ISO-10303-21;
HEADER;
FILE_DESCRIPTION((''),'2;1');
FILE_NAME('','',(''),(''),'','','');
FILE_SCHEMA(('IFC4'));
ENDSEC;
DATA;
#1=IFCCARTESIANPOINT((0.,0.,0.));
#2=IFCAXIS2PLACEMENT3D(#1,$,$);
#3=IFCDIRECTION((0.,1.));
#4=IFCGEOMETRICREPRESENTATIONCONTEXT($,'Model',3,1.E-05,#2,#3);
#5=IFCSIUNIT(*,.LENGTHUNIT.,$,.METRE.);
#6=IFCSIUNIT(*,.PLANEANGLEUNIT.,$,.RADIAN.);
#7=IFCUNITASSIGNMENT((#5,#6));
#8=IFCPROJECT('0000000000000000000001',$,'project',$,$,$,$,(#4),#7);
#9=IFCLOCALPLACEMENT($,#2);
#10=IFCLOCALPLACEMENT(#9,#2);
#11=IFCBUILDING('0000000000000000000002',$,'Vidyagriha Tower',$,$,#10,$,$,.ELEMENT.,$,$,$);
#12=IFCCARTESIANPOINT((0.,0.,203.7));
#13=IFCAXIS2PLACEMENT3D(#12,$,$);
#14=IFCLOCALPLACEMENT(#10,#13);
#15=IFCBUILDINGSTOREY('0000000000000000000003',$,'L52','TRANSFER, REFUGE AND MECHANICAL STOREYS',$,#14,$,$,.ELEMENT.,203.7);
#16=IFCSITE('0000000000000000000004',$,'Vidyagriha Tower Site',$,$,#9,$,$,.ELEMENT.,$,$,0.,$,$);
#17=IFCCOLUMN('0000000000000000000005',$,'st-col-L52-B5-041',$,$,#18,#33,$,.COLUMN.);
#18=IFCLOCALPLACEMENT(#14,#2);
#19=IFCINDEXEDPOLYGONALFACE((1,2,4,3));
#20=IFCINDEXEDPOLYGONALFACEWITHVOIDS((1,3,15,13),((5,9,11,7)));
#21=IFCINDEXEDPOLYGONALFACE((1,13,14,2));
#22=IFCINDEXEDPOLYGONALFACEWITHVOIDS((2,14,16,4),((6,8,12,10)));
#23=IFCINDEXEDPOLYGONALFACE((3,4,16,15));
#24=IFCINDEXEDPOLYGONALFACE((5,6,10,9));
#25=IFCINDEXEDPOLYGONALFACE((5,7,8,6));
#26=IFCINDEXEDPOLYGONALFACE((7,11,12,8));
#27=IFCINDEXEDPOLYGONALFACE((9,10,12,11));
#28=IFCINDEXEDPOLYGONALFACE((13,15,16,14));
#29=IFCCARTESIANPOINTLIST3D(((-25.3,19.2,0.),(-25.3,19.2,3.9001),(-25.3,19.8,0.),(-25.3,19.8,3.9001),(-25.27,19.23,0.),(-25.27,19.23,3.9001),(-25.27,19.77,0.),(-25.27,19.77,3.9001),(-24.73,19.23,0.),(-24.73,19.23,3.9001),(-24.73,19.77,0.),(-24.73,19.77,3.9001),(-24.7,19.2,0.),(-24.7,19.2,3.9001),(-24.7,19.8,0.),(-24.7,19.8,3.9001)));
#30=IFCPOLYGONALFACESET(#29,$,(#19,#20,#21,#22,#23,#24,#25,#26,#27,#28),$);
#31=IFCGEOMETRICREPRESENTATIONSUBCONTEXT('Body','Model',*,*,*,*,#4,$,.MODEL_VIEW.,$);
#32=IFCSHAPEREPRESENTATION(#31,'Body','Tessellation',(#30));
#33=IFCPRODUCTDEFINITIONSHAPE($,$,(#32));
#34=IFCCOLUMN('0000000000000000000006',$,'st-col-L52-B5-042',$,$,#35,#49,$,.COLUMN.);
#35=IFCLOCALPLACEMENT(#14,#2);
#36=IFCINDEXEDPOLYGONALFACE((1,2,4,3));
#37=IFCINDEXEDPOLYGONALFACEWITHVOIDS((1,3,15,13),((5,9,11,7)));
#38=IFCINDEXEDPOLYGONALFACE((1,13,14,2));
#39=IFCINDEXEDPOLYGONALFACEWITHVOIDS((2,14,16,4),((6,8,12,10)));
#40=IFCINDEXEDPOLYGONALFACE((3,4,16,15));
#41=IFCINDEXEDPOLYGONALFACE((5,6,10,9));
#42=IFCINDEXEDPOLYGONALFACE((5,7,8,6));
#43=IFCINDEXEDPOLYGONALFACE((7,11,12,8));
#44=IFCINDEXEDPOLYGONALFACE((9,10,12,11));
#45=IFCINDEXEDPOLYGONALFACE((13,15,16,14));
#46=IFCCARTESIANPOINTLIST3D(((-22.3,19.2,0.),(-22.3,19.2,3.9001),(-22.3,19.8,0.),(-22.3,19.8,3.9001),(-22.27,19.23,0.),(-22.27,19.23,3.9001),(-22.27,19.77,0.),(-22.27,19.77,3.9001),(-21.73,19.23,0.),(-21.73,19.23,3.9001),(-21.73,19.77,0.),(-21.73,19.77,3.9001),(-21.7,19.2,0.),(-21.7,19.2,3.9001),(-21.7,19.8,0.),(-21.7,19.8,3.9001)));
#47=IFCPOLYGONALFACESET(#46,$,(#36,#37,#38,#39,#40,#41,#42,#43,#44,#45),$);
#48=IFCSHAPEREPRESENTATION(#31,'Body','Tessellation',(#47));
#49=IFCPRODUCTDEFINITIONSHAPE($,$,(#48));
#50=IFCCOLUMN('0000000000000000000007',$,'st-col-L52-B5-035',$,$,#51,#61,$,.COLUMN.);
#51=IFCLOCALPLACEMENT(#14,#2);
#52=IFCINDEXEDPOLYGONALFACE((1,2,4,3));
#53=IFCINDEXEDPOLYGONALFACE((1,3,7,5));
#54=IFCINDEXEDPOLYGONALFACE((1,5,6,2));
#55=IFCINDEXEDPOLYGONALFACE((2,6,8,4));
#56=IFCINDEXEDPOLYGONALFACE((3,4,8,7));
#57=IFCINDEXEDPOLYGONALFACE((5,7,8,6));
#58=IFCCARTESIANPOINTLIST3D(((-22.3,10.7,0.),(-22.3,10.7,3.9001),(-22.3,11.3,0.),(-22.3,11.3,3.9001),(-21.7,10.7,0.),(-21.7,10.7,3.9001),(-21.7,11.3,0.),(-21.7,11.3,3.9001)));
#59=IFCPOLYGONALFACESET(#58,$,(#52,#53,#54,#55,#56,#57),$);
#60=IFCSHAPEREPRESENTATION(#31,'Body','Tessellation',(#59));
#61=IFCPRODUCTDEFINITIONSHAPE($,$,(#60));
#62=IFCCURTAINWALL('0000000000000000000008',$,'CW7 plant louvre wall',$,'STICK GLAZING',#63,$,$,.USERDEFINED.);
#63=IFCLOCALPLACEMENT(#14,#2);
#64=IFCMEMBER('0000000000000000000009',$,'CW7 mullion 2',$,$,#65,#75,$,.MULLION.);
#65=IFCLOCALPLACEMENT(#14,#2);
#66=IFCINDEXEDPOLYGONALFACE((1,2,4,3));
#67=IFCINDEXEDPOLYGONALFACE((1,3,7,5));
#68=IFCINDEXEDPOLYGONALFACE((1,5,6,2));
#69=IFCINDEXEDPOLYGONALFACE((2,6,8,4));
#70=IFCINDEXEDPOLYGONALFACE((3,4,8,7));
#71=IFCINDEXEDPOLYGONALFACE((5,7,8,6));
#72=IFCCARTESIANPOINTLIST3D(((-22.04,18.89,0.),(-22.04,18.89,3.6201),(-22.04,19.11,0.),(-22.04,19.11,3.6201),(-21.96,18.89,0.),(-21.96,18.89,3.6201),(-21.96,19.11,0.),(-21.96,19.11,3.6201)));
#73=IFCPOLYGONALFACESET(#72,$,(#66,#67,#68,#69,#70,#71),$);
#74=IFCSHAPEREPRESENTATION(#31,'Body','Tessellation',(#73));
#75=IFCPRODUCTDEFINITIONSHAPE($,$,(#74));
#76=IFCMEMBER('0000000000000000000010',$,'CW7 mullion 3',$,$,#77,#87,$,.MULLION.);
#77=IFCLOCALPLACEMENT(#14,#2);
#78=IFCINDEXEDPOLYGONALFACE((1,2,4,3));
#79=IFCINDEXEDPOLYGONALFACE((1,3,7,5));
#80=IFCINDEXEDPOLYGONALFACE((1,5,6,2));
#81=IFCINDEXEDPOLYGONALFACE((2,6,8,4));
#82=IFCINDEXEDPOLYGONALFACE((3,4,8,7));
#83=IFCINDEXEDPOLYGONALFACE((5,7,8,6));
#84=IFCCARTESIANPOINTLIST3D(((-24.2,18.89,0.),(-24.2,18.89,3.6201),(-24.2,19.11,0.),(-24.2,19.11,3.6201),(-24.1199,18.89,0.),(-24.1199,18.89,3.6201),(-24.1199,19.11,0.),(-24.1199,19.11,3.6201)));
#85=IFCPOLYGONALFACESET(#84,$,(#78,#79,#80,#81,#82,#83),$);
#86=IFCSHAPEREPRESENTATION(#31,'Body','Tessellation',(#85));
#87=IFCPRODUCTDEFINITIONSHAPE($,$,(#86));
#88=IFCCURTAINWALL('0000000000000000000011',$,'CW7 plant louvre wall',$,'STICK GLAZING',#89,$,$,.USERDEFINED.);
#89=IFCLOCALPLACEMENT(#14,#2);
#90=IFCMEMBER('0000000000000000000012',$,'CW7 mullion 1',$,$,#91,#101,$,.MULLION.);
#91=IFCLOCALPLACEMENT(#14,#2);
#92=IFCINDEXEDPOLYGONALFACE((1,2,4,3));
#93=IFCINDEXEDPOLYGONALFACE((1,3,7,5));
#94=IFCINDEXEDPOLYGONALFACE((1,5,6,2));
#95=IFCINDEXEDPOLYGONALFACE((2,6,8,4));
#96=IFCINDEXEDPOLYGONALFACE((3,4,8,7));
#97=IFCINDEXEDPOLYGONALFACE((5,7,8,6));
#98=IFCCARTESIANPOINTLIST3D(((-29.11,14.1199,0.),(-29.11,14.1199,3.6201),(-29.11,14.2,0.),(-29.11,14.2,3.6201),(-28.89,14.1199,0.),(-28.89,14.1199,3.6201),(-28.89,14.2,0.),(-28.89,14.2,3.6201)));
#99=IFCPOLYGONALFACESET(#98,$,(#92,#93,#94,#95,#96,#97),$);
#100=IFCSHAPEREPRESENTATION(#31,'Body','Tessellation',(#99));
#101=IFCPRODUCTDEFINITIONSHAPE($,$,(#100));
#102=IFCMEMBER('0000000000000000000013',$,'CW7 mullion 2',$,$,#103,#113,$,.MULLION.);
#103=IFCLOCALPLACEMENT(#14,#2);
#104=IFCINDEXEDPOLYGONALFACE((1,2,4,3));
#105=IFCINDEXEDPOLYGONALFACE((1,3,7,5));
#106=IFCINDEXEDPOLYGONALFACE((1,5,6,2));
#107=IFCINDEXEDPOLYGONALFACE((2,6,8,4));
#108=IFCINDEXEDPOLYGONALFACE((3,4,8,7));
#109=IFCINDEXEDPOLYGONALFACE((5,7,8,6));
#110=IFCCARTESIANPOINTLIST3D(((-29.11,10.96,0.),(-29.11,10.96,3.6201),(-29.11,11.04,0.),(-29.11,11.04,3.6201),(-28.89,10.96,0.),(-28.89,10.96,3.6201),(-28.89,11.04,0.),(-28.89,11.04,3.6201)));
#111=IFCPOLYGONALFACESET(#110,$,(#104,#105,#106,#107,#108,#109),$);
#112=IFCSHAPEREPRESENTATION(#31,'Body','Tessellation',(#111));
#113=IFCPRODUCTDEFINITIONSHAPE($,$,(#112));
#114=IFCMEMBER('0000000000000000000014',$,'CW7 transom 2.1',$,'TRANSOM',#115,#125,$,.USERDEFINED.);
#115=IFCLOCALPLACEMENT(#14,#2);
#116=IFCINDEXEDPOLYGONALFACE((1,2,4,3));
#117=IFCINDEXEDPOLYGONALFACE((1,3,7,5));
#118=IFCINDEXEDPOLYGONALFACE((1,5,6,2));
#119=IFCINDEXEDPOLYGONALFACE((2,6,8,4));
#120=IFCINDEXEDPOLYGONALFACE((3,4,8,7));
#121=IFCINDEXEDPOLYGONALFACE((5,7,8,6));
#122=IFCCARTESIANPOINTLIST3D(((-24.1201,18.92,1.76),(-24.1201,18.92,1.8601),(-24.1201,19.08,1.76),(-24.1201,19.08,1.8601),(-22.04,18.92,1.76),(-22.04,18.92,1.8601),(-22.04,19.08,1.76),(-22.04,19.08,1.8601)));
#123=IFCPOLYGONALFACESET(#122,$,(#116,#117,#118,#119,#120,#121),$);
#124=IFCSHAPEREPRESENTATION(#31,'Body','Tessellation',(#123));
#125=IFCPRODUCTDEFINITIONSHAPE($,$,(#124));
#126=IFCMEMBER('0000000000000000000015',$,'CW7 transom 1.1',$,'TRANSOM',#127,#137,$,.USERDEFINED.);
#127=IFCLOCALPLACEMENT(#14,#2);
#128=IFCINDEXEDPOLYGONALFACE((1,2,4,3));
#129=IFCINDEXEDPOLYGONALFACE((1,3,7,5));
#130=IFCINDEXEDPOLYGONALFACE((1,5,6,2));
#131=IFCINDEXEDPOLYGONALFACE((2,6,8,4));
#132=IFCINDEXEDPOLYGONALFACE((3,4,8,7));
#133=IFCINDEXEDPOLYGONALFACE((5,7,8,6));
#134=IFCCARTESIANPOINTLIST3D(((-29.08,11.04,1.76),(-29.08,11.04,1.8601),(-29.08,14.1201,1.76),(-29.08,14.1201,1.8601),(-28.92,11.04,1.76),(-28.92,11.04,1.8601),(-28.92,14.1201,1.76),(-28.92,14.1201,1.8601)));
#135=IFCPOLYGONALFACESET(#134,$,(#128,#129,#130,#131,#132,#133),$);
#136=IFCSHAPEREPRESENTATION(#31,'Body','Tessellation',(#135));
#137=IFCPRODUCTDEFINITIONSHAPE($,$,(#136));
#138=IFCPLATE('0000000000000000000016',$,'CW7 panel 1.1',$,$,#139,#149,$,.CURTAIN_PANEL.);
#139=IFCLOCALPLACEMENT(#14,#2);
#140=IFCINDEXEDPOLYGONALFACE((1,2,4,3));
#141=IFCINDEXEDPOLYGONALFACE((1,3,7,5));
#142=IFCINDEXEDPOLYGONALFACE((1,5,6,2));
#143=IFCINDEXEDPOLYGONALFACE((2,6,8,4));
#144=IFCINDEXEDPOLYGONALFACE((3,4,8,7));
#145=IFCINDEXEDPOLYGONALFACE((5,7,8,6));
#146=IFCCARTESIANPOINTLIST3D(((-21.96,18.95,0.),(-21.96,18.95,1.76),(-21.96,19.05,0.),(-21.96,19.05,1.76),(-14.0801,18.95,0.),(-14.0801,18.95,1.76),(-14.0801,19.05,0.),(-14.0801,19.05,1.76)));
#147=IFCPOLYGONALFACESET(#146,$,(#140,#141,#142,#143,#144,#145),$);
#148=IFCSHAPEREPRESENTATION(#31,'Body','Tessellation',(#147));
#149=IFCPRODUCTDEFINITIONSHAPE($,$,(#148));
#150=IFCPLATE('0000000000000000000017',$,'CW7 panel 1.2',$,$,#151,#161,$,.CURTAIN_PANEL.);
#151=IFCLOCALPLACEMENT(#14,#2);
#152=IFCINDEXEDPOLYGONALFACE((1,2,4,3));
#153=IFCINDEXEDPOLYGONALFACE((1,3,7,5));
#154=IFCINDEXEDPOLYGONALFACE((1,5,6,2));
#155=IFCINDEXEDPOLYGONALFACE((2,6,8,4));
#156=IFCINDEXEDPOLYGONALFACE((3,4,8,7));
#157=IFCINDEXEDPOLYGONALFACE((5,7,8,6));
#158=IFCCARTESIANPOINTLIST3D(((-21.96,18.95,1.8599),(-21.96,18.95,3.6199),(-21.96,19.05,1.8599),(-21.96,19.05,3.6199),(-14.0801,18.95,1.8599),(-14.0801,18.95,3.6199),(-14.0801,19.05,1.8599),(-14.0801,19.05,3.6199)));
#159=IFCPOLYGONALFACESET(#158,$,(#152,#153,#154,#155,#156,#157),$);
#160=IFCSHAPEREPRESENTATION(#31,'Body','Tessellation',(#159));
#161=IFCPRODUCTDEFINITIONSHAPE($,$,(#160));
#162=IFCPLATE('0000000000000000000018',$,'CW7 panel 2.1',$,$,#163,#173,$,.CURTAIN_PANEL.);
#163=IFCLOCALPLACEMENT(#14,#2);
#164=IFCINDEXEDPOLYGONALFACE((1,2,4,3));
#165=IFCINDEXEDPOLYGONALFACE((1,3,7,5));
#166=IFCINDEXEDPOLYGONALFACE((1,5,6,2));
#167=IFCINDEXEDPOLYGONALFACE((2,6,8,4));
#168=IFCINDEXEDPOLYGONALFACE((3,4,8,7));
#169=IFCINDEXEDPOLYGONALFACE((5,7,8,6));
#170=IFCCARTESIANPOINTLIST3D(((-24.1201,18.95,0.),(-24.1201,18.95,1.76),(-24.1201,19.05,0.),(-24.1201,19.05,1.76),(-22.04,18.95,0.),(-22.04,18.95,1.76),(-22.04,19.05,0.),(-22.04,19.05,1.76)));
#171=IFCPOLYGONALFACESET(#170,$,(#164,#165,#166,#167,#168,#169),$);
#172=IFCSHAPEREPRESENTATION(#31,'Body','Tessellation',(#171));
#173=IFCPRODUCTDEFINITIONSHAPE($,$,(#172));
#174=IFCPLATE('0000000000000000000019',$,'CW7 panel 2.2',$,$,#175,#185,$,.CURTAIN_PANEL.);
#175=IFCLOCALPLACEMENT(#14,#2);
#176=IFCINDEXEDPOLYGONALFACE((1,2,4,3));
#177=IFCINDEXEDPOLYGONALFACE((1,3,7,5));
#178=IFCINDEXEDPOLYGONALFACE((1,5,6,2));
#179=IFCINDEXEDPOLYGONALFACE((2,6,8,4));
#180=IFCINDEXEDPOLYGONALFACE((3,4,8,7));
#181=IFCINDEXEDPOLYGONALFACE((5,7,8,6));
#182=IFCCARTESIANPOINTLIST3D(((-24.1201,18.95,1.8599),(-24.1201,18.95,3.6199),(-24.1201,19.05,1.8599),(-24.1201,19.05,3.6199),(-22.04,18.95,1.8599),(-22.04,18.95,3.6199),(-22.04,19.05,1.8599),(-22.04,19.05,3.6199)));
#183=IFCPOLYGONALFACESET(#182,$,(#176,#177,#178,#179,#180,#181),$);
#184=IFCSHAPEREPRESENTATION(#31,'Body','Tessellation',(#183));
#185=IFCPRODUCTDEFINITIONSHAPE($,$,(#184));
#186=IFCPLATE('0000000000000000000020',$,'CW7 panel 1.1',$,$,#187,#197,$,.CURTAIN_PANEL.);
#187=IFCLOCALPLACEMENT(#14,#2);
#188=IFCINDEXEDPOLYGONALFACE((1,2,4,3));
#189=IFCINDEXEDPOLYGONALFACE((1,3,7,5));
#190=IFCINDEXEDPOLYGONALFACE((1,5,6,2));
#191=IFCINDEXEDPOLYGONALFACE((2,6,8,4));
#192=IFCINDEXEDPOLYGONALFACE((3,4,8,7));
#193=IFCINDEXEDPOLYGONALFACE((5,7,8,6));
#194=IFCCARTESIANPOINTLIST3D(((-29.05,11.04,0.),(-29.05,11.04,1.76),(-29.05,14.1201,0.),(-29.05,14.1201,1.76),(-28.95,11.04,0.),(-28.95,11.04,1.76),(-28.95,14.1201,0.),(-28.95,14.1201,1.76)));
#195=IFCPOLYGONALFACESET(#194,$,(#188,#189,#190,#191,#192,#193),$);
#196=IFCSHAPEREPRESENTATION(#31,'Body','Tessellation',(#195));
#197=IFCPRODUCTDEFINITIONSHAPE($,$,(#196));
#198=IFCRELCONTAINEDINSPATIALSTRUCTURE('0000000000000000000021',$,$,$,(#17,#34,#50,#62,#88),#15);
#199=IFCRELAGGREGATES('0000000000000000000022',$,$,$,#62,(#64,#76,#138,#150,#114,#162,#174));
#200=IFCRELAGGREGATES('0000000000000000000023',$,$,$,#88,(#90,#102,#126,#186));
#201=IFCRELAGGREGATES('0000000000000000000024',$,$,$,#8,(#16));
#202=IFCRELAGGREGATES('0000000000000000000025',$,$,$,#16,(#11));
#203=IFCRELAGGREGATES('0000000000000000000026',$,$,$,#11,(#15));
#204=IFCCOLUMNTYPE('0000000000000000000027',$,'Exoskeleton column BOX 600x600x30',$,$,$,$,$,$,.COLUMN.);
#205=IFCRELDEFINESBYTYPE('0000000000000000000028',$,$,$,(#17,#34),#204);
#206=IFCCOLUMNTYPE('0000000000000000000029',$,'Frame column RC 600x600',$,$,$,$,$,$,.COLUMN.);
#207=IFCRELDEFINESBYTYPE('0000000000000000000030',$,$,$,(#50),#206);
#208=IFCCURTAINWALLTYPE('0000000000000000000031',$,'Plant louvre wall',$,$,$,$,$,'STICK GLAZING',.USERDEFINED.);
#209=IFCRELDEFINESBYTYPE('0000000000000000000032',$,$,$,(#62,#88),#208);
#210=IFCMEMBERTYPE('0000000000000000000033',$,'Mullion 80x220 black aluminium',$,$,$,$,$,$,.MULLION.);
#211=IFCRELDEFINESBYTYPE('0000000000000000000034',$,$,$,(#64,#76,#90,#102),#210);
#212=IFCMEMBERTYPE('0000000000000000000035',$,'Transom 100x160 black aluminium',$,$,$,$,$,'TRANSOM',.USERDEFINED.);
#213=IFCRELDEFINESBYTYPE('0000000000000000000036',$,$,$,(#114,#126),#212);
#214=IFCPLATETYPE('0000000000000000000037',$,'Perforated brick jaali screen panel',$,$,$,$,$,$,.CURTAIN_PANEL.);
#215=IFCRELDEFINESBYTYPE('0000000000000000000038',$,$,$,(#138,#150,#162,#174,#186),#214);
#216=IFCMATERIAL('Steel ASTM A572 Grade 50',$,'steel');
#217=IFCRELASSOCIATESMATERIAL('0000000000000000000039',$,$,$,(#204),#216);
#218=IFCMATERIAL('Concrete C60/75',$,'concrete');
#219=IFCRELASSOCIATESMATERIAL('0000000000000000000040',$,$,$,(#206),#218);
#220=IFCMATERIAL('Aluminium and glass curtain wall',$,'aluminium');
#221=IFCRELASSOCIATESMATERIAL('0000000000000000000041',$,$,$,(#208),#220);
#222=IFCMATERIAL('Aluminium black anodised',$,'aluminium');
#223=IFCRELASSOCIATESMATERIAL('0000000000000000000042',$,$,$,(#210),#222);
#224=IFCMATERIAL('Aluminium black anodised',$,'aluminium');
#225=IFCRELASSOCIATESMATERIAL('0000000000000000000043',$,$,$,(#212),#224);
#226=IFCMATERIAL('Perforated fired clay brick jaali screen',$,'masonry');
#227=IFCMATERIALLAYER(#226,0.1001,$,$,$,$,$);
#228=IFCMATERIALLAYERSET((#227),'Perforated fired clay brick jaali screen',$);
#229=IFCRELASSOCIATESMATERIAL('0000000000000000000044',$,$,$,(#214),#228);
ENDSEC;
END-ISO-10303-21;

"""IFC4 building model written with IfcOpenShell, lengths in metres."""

from ifc_helpers import new_model, si_unit, direction, frame, origin, origin_2d, place, context, subcontext, project, spatial, rectangle, hollow_rectangle, extrude, material, layer, layer_set, material_profile, profile_set, type_object, element, aggregate, save


model = new_model("IFC4")

# Units and contexts
model_context = context("Model", 3, precision=1e-05, world=origin(), true_north=direction((0.0, 1.0)))
body_context = subcontext(model_context, "Body", "Model", "MODEL_VIEW")
ifc_project = project(units=[si_unit("LENGTHUNIT", "METRE"), si_unit("PLANEANGLEUNIT", "RADIAN")], contexts=[model_context])

# Site, building, storey
site_placement = place(None, origin())
site = spatial("IfcSite", under=ifc_project, at=site_placement, Name="Vidyagriha Tower Site", CompositionType="ELEMENT", RefElevation=0.0)
building_placement = place(site_placement, origin())
building = spatial("IfcBuilding", under=site, at=building_placement, Name="Vidyagriha Tower", CompositionType="ELEMENT")
storey_placement = place(building_placement, frame((0.0, 0.0, 203.7)))
storey = spatial("IfcBuildingStorey", under=building, at=storey_placement, Name="L52", Description="TRANSFER, REFUGE AND MECHANICAL STOREYS", CompositionType="ELEMENT", Elevation=203.7)

# Columns
ifc_material_1 = material(Name="Steel ASTM A572 Grade 50", Category="steel")
ifc_material_profile_1 = material_profile(ifc_material_1, hollow_rectangle(XDim=0.6001, YDim=0.6001, WallThickness=0.03, at=origin_2d()), Name="BOX 600x600x30")
ifc_profile_set_1 = profile_set([ifc_material_profile_1], Name="Steel ASTM A572 Grade 50")
column_type_1 = type_object("IfcColumnType", Name="Exoskeleton column BOX 600x600x30", PredefinedType="COLUMN", material=ifc_profile_set_1)
for number, where, name in (
    (1, (-25.0, 19.5, 0.0), "st-col-L52-B5-041"),
    (2, (-22.0, 19.5, 0.0), "st-col-L52-B5-042"),
):
    element("IfcColumn", number, at=place(storey_placement, frame(where)), inside=storey, type_object=column_type_1, Name=name, PredefinedType="COLUMN", context=body_context, shape_type="SweptSolid", body=[
        extrude(hollow_rectangle(XDim=0.6001, YDim=0.6001, WallThickness=0.03, at=origin_2d()), origin(), (0.0, 0.0, 1.0), 3.9001),
    ])
ifc_material_2 = material(Name="Concrete C60/75", Category="concrete")
ifc_material_profile_2 = material_profile(ifc_material_2, rectangle(XDim=0.6001, YDim=0.6001, at=origin_2d()), Name="RC 600x600")
ifc_profile_set_2 = profile_set([ifc_material_profile_2], Name="Concrete C60/75")
column_type_2 = type_object("IfcColumnType", Name="Frame column RC 600x600", PredefinedType="COLUMN", material=ifc_profile_set_2)
column_placement = place(storey_placement, frame((-22.0, 11.0, 0.0)))
element("IfcColumn", 3, at=column_placement, inside=storey, type_object=column_type_2, Name="st-col-L52-B5-035", PredefinedType="COLUMN", context=body_context, shape_type="SweptSolid", body=[
    extrude(rectangle(XDim=0.6001, YDim=0.6001, at=origin_2d()), origin(), (0.0, 0.0, 1.0), 3.9001),
])

# Curtain walls, members
ifc_material_3 = material(Name="Aluminium and glass curtain wall", Category="aluminium")
curtain_wall_type = type_object("IfcCurtainWallType", Name="Plant louvre wall", ElementType="STICK GLAZING", PredefinedType="USERDEFINED", material=ifc_material_3)
curtain_wall_1_placement = place(storey_placement, origin())
curtain_wall_1 = element("IfcCurtainWall", 4, at=curtain_wall_1_placement, inside=storey, type_object=curtain_wall_type, Name="CW7 plant louvre wall", ObjectType="STICK GLAZING", PredefinedType="USERDEFINED")
ifc_material_4 = material(Name="Aluminium black anodised", Category="aluminium")
ifc_material_profile_3 = material_profile(ifc_material_4, rectangle(XDim=0.22, YDim=0.0801, at=origin_2d()), Name="Mullion 80x220 black aluminium")
ifc_profile_set_3 = profile_set([ifc_material_profile_3], Name="Aluminium black anodised")
member_type_1 = type_object("IfcMemberType", Name="Mullion 80x220 black aluminium", PredefinedType="MULLION", material=ifc_profile_set_3)
member_1_placement = place(storey_placement, frame((-22.0, 19.0, 0.0), z_axis=(0.0, 0.0, 1.0), x_axis=(0.0, -1.0, 0.0)))
member_1 = element("IfcMember", 5, at=member_1_placement, type_object=member_type_1, Name="CW7 mullion 2", PredefinedType="MULLION", context=body_context, shape_type="SweptSolid", body=[
    extrude(rectangle(XDim=0.22, YDim=0.0801, at=origin_2d()), origin(), (0.0, 0.0, 1.0), 3.6201),
])
member_2_placement = place(storey_placement, frame((-24.1599, 19.0, 0.0), z_axis=(0.0, 0.0, 1.0), x_axis=(0.0, -1.0, 0.0)))
member_2 = element("IfcMember", 6, at=member_2_placement, type_object=member_type_1, Name="CW7 mullion 3", PredefinedType="MULLION", context=body_context, shape_type="SweptSolid", body=[
    extrude(rectangle(XDim=0.22, YDim=0.0801, at=origin_2d()), origin(), (0.0, 0.0, 1.0), 3.6201),
])
curtain_wall_2_placement = place(storey_placement, origin())
curtain_wall_2 = element("IfcCurtainWall", 7, at=curtain_wall_2_placement, inside=storey, type_object=curtain_wall_type, Name="CW7 plant louvre wall", ObjectType="STICK GLAZING", PredefinedType="USERDEFINED")
member_3_placement = place(storey_placement, frame((-29.0, 14.1599, 0.0)))
member_3 = element("IfcMember", 8, at=member_3_placement, type_object=member_type_1, Name="CW7 mullion 1", PredefinedType="MULLION", context=body_context, shape_type="SweptSolid", body=[
    extrude(rectangle(XDim=0.22, YDim=0.0801, at=origin_2d()), origin(), (0.0, 0.0, 1.0), 3.6201),
])
member_4_placement = place(storey_placement, frame((-29.0, 11.0, 0.0)))
member_4 = element("IfcMember", 9, at=member_4_placement, type_object=member_type_1, Name="CW7 mullion 2", PredefinedType="MULLION", context=body_context, shape_type="SweptSolid", body=[
    extrude(rectangle(XDim=0.22, YDim=0.0801, at=origin_2d()), origin(), (0.0, 0.0, 1.0), 3.6201),
])

# Members
ifc_material_5 = material(Name="Aluminium black anodised", Category="aluminium")
ifc_material_profile_4 = material_profile(ifc_material_5, rectangle(XDim=0.1599, YDim=0.1001, at=origin_2d()), Name="Transom 100x160 black aluminium")
ifc_profile_set_4 = profile_set([ifc_material_profile_4], Name="Aluminium black anodised")
member_type_2 = type_object("IfcMemberType", Name="Transom 100x160 black aluminium", ElementType="TRANSOM", PredefinedType="USERDEFINED", material=ifc_profile_set_4)
member_5_placement = place(storey_placement, frame((-22.04, 19.0, 1.8101), z_axis=(-1.0, 0.0, 0.0), x_axis=(0.0, -1.0, 0.0)))
member_5 = element("IfcMember", 10, at=member_5_placement, type_object=member_type_2, Name="CW7 transom 2.1", ObjectType="TRANSOM", PredefinedType="USERDEFINED", context=body_context, shape_type="SweptSolid", body=[
    extrude(rectangle(XDim=0.1599, YDim=0.1001, at=origin_2d()), origin(), (0.0, 0.0, 1.0), 2.0801),
])
member_6_placement = place(storey_placement, frame((-29.0, 14.1201, 1.8101), z_axis=(0.0, -1.0, 0.0), x_axis=(1.0, 0.0, 0.0)))
member_6 = element("IfcMember", 11, at=member_6_placement, type_object=member_type_2, Name="CW7 transom 1.1", ObjectType="TRANSOM", PredefinedType="USERDEFINED", context=body_context, shape_type="SweptSolid", body=[
    extrude(rectangle(XDim=0.1599, YDim=0.1001, at=origin_2d()), origin(), (0.0, 0.0, 1.0), 3.0801),
])

# Plates
ifc_material_6 = material(Name="Perforated fired clay brick jaali screen", Category="masonry")
ifc_layer_1 = layer(ifc_material_6, 0.1001)
ifc_layer_set_1 = layer_set([ifc_layer_1], Name="Perforated fired clay brick jaali screen")
plate_type = type_object("IfcPlateType", Name="Perforated brick jaali screen panel", PredefinedType="CURTAIN_PANEL", material=ifc_layer_set_1)
plate_1_placement = place(storey_placement, frame((-18.02, 19.0, 0.0), z_axis=(0.0, 0.0, 1.0), x_axis=(-1.0, 0.0, 0.0)))
plate_1 = element("IfcPlate", 12, at=plate_1_placement, type_object=plate_type, Name="CW7 panel 1.1", PredefinedType="CURTAIN_PANEL", context=body_context, shape_type="SweptSolid", body=[
    extrude(rectangle(XDim=7.8799, YDim=0.1001, at=origin_2d()), origin(), (0.0, 0.0, 1.0), 1.76),
])
plate_2_placement = place(storey_placement, frame((-18.02, 19.0, 1.8599), z_axis=(0.0, 0.0, 1.0), x_axis=(-1.0, 0.0, 0.0)))
plate_2 = element("IfcPlate", 13, at=plate_2_placement, type_object=plate_type, Name="CW7 panel 1.2", PredefinedType="CURTAIN_PANEL", context=body_context, shape_type="SweptSolid", body=[
    extrude(rectangle(XDim=7.8799, YDim=0.1001, at=origin_2d()), origin(), (0.0, 0.0, 1.0), 1.76),
])
plate_3_placement = place(storey_placement, frame((-23.0801, 19.0, 0.0), z_axis=(0.0, 0.0, 1.0), x_axis=(-1.0, 0.0, 0.0)))
plate_3 = element("IfcPlate", 14, at=plate_3_placement, type_object=plate_type, Name="CW7 panel 2.1", PredefinedType="CURTAIN_PANEL", context=body_context, shape_type="SweptSolid", body=[
    extrude(rectangle(XDim=2.0801, YDim=0.1001, at=origin_2d()), origin(), (0.0, 0.0, 1.0), 1.76),
])
plate_4_placement = place(storey_placement, frame((-23.0801, 19.0, 1.8599), z_axis=(0.0, 0.0, 1.0), x_axis=(-1.0, 0.0, 0.0)))
plate_4 = element("IfcPlate", 15, at=plate_4_placement, type_object=plate_type, Name="CW7 panel 2.2", PredefinedType="CURTAIN_PANEL", context=body_context, shape_type="SweptSolid", body=[
    extrude(rectangle(XDim=2.0801, YDim=0.1001, at=origin_2d()), origin(), (0.0, 0.0, 1.0), 1.76),
])
aggregate(curtain_wall_1, [member_1, member_2, plate_1, plate_2, member_5, plate_3, plate_4])
plate_5_placement = place(storey_placement, frame((-29.0, 12.5801, 0.0), z_axis=(0.0, 0.0, 1.0), x_axis=(0.0, -1.0, 0.0)))
plate_5 = element("IfcPlate", 16, at=plate_5_placement, type_object=plate_type, Name="CW7 panel 1.1", PredefinedType="CURTAIN_PANEL", context=body_context, shape_type="SweptSolid", body=[
    extrude(rectangle(XDim=3.0801, YDim=0.1001, at=origin_2d()), origin(), (0.0, 0.0, 1.0), 1.76),
])
aggregate(curtain_wall_2, [member_3, member_4, member_6, plate_5])

save(model, "model.ifc")
